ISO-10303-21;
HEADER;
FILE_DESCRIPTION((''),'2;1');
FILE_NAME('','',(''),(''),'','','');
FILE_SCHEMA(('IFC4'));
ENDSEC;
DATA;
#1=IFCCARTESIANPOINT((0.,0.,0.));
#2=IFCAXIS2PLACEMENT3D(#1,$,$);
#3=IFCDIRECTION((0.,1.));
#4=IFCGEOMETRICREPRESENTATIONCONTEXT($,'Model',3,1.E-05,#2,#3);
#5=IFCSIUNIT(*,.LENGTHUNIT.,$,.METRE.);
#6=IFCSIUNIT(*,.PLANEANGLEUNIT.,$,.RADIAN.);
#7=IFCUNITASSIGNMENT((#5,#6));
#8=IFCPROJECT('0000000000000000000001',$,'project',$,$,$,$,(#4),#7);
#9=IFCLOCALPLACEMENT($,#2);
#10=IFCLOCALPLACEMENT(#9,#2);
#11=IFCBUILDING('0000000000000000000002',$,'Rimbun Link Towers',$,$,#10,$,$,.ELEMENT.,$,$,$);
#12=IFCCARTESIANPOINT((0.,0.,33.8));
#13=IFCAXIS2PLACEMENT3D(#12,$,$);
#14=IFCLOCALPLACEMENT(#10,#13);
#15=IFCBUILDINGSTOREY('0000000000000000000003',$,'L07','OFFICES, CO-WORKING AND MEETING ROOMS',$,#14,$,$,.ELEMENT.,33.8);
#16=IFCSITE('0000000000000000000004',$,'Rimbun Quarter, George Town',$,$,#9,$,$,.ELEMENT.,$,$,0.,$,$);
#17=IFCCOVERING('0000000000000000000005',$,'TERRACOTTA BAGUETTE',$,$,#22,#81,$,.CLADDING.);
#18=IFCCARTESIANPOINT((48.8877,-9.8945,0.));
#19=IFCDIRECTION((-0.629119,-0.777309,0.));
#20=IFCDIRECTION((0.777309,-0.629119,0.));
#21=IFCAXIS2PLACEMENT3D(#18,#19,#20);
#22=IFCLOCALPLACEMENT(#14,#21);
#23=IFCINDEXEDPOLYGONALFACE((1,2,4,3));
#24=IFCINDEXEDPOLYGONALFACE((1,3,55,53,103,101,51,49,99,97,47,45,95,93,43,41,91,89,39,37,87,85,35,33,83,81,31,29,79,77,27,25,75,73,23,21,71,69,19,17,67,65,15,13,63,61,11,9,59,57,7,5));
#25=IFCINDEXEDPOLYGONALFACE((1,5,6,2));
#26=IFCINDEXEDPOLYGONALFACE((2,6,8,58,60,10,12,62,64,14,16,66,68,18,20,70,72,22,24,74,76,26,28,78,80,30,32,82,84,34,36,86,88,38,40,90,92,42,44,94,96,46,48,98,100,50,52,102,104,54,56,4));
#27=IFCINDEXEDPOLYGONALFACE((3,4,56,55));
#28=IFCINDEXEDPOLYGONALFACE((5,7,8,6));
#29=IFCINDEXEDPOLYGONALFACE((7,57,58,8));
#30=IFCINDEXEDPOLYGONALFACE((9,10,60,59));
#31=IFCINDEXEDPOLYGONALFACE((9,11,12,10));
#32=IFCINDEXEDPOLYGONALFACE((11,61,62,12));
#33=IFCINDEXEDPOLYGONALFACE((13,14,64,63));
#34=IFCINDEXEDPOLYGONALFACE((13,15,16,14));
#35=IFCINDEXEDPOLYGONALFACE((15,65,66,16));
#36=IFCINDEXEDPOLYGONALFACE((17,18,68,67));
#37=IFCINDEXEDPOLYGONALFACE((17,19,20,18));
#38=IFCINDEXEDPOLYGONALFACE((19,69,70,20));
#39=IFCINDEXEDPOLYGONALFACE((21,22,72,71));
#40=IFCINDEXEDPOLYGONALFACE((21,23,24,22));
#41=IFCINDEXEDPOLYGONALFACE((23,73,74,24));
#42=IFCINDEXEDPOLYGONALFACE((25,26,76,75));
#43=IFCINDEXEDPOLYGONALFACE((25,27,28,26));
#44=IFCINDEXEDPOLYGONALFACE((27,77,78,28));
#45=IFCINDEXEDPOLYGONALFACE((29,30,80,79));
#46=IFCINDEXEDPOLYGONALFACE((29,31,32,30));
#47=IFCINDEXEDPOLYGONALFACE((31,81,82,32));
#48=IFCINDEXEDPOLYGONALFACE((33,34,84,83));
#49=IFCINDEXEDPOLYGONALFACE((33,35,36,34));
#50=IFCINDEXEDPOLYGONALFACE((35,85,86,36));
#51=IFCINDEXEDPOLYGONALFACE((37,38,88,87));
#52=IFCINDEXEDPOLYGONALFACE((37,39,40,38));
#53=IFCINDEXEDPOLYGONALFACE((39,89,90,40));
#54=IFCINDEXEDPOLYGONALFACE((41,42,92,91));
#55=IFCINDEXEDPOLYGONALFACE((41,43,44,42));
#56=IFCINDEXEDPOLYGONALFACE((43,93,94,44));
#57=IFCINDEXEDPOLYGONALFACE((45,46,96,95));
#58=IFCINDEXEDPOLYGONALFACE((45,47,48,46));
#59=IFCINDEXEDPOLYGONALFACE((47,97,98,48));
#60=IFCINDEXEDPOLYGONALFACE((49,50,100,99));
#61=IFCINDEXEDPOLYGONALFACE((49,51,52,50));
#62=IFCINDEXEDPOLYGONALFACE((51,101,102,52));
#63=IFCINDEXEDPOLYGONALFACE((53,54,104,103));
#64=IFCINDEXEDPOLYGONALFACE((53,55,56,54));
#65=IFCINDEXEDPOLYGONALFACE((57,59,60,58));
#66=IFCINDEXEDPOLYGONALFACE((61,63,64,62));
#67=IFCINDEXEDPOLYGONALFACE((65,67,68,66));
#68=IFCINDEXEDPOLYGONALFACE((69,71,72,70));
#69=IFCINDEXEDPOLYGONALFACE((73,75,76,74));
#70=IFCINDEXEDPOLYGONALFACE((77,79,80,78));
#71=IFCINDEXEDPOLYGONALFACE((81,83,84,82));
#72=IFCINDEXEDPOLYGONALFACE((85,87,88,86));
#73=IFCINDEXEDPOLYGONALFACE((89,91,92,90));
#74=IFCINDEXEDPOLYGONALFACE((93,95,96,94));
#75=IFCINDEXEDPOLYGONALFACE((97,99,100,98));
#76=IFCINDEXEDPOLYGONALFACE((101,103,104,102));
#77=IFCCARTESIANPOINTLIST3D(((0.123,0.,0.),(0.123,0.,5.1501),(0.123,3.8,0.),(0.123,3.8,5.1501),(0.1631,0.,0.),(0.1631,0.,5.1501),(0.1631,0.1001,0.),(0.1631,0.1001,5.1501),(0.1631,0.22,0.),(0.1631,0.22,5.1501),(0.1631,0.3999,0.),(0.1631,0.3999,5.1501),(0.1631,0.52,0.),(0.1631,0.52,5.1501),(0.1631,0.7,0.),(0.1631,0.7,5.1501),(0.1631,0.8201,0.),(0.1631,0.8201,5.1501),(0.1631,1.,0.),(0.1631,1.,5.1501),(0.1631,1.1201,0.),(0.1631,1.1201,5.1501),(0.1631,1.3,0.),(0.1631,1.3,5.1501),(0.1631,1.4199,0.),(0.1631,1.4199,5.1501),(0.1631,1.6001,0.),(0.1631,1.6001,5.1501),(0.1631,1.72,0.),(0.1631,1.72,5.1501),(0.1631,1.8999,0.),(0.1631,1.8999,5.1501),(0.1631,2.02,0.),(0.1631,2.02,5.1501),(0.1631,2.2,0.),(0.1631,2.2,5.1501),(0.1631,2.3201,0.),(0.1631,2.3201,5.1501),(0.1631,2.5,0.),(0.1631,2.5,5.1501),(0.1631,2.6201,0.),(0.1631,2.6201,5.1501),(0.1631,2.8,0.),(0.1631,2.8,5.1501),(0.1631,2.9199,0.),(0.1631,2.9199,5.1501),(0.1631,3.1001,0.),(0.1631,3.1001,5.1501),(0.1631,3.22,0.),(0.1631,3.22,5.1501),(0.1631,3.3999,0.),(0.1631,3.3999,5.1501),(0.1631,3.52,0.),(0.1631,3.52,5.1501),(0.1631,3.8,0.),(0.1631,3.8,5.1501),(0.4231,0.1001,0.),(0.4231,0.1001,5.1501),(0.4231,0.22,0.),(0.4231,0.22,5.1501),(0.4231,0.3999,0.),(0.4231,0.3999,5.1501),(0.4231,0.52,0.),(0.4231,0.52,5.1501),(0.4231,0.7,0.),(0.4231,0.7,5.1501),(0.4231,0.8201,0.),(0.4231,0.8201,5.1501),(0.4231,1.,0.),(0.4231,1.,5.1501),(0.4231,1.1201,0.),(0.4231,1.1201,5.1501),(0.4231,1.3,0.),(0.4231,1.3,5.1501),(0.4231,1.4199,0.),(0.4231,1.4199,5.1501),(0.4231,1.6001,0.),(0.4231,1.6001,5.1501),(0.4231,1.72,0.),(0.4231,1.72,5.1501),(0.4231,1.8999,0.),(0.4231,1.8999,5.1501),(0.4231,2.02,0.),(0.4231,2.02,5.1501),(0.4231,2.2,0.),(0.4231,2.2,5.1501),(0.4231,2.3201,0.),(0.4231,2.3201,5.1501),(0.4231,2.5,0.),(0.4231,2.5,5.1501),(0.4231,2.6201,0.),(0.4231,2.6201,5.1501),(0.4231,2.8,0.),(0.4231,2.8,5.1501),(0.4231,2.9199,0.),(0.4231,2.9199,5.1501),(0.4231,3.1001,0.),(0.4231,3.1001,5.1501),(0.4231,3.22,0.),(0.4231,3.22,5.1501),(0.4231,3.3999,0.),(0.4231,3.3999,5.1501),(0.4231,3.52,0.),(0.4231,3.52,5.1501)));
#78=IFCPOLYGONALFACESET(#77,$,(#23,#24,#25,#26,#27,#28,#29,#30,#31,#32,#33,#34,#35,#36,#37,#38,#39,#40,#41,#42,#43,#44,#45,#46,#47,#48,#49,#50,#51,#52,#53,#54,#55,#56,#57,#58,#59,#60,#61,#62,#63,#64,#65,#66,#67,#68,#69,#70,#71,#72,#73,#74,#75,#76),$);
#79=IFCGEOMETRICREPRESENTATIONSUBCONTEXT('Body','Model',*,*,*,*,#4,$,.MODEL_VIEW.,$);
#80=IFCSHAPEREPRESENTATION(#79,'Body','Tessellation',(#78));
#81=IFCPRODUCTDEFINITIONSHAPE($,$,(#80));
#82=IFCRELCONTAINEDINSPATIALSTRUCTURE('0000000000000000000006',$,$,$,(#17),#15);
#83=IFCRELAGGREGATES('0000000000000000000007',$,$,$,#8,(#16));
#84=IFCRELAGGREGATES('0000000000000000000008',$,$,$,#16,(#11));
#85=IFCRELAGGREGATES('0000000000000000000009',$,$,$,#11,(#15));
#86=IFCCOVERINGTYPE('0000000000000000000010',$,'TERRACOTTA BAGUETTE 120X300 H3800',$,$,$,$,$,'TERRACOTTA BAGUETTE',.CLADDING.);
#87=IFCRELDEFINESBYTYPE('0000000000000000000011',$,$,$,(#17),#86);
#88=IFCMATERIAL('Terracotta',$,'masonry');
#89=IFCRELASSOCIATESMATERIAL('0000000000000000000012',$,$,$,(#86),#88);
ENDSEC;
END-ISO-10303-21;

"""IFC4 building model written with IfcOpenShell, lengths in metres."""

from ifc_helpers import new_model, si_unit, direction, frame, origin, place, context, subcontext, project, spatial, polyline, outline, extrude, material, material_profile, profile_set, type_object, element, save


model = new_model("IFC4")

# Units and contexts
model_context = context("Model", 3, precision=1e-05, world=origin(), true_north=direction((0.0, 1.0)))
body_context = subcontext(model_context, "Body", "Model", "MODEL_VIEW")
ifc_project = project(units=[si_unit("LENGTHUNIT", "METRE"), si_unit("PLANEANGLEUNIT", "RADIAN")], contexts=[model_context])

# Site, building, storey
site_placement = place(None, origin())
site = spatial("IfcSite", under=ifc_project, at=site_placement, Name="Rimbun Quarter, George Town", CompositionType="ELEMENT", RefElevation=0.0)
building_placement = place(site_placement, origin())
building = spatial("IfcBuilding", under=site, at=building_placement, Name="Rimbun Link Towers", CompositionType="ELEMENT")
storey_placement = place(building_placement, frame((0.0, 0.0, 33.8)))
storey = spatial("IfcBuildingStorey", under=building, at=storey_placement, Name="L07", Description="OFFICES, CO-WORKING AND MEETING ROOMS", CompositionType="ELEMENT", Elevation=33.8)

# Covering
ifc_material_1 = material(Name="Terracotta", Category="masonry")
ifc_material_profile_1 = material_profile(ifc_material_1, outline(polyline([(0.123, 0.0), (0.1631, 0.0), (0.1631, 0.1001), (0.4231, 0.1001), (0.4231, 0.22), (0.1631, 0.22), (0.1631, 0.3999), (0.4231, 0.3999), (0.4231, 0.52), (0.1631, 0.52), (0.1631, 0.7), (0.4231, 0.7), (0.4231, 0.8201), (0.1631, 0.8201), (0.1631, 1.0), (0.4231, 1.0), (0.4231, 1.1201), (0.1631, 1.1201), (0.1631, 1.3), (0.4231, 1.3), (0.4231, 1.4199), (0.1631, 1.4199), (0.1631, 1.6001), (0.4231, 1.6001), (0.4231, 1.72), (0.1631, 1.72), (0.1631, 1.8999), (0.4231, 1.8999), (0.4231, 2.02), (0.1631, 2.02), (0.1631, 2.2), (0.4231, 2.2), (0.4231, 2.3201), (0.1631, 2.3201), (0.1631, 2.5), (0.4231, 2.5), (0.4231, 2.6201), (0.1631, 2.6201), (0.1631, 2.8), (0.4231, 2.8), (0.4231, 2.9199), (0.1631, 2.9199), (0.1631, 3.1001), (0.4231, 3.1001), (0.4231, 3.22), (0.1631, 3.22), (0.1631, 3.3999), (0.4231, 3.3999), (0.4231, 3.52), (0.1631, 3.52), (0.1631, 3.8), (0.123, 3.8), (0.123, 0.0)])), Name="BAGUETTE 120X300")
ifc_profile_set_1 = profile_set([ifc_material_profile_1], Name="Terracotta")
covering_type = type_object("IfcCoveringType", Name="TERRACOTTA BAGUETTE 120X300 H3800", ElementType="TERRACOTTA BAGUETTE", PredefinedType="CLADDING", material=ifc_profile_set_1)
covering_placement = place(storey_placement, frame((48.8877, -9.8945, 0.0), z_axis=(-0.629119, -0.777309, 0.0), x_axis=(0.777309, -0.629119, 0.0)))
element("IfcCovering", 1, at=covering_placement, inside=storey, type_object=covering_type, Name="TERRACOTTA BAGUETTE", PredefinedType="CLADDING", context=body_context, shape_type="SweptSolid", body=[
    extrude(outline(polyline([(0.123, 0.0), (0.1631, 0.0), (0.1631, 0.1001), (0.4231, 0.1001), (0.4231, 0.22), (0.1631, 0.22), (0.1631, 0.3999), (0.4231, 0.3999), (0.4231, 0.52), (0.1631, 0.52), (0.1631, 0.7), (0.4231, 0.7), (0.4231, 0.8201), (0.1631, 0.8201), (0.1631, 1.0), (0.4231, 1.0), (0.4231, 1.1201), (0.1631, 1.1201), (0.1631, 1.3), (0.4231, 1.3), (0.4231, 1.4199), (0.1631, 1.4199), (0.1631, 1.6001), (0.4231, 1.6001), (0.4231, 1.72), (0.1631, 1.72), (0.1631, 1.8999), (0.4231, 1.8999), (0.4231, 2.02), (0.1631, 2.02), (0.1631, 2.2), (0.4231, 2.2), (0.4231, 2.3201), (0.1631, 2.3201), (0.1631, 2.5), (0.4231, 2.5), (0.4231, 2.6201), (0.1631, 2.6201), (0.1631, 2.8), (0.4231, 2.8), (0.4231, 2.9199), (0.1631, 2.9199), (0.1631, 3.1001), (0.4231, 3.1001), (0.4231, 3.22), (0.1631, 3.22), (0.1631, 3.3999), (0.4231, 3.3999), (0.4231, 3.52), (0.1631, 3.52), (0.1631, 3.8), (0.123, 3.8), (0.123, 0.0)])), origin(), (0.0, 0.0, 1.0), 5.1501),
])

save(model, "model.ifc")
